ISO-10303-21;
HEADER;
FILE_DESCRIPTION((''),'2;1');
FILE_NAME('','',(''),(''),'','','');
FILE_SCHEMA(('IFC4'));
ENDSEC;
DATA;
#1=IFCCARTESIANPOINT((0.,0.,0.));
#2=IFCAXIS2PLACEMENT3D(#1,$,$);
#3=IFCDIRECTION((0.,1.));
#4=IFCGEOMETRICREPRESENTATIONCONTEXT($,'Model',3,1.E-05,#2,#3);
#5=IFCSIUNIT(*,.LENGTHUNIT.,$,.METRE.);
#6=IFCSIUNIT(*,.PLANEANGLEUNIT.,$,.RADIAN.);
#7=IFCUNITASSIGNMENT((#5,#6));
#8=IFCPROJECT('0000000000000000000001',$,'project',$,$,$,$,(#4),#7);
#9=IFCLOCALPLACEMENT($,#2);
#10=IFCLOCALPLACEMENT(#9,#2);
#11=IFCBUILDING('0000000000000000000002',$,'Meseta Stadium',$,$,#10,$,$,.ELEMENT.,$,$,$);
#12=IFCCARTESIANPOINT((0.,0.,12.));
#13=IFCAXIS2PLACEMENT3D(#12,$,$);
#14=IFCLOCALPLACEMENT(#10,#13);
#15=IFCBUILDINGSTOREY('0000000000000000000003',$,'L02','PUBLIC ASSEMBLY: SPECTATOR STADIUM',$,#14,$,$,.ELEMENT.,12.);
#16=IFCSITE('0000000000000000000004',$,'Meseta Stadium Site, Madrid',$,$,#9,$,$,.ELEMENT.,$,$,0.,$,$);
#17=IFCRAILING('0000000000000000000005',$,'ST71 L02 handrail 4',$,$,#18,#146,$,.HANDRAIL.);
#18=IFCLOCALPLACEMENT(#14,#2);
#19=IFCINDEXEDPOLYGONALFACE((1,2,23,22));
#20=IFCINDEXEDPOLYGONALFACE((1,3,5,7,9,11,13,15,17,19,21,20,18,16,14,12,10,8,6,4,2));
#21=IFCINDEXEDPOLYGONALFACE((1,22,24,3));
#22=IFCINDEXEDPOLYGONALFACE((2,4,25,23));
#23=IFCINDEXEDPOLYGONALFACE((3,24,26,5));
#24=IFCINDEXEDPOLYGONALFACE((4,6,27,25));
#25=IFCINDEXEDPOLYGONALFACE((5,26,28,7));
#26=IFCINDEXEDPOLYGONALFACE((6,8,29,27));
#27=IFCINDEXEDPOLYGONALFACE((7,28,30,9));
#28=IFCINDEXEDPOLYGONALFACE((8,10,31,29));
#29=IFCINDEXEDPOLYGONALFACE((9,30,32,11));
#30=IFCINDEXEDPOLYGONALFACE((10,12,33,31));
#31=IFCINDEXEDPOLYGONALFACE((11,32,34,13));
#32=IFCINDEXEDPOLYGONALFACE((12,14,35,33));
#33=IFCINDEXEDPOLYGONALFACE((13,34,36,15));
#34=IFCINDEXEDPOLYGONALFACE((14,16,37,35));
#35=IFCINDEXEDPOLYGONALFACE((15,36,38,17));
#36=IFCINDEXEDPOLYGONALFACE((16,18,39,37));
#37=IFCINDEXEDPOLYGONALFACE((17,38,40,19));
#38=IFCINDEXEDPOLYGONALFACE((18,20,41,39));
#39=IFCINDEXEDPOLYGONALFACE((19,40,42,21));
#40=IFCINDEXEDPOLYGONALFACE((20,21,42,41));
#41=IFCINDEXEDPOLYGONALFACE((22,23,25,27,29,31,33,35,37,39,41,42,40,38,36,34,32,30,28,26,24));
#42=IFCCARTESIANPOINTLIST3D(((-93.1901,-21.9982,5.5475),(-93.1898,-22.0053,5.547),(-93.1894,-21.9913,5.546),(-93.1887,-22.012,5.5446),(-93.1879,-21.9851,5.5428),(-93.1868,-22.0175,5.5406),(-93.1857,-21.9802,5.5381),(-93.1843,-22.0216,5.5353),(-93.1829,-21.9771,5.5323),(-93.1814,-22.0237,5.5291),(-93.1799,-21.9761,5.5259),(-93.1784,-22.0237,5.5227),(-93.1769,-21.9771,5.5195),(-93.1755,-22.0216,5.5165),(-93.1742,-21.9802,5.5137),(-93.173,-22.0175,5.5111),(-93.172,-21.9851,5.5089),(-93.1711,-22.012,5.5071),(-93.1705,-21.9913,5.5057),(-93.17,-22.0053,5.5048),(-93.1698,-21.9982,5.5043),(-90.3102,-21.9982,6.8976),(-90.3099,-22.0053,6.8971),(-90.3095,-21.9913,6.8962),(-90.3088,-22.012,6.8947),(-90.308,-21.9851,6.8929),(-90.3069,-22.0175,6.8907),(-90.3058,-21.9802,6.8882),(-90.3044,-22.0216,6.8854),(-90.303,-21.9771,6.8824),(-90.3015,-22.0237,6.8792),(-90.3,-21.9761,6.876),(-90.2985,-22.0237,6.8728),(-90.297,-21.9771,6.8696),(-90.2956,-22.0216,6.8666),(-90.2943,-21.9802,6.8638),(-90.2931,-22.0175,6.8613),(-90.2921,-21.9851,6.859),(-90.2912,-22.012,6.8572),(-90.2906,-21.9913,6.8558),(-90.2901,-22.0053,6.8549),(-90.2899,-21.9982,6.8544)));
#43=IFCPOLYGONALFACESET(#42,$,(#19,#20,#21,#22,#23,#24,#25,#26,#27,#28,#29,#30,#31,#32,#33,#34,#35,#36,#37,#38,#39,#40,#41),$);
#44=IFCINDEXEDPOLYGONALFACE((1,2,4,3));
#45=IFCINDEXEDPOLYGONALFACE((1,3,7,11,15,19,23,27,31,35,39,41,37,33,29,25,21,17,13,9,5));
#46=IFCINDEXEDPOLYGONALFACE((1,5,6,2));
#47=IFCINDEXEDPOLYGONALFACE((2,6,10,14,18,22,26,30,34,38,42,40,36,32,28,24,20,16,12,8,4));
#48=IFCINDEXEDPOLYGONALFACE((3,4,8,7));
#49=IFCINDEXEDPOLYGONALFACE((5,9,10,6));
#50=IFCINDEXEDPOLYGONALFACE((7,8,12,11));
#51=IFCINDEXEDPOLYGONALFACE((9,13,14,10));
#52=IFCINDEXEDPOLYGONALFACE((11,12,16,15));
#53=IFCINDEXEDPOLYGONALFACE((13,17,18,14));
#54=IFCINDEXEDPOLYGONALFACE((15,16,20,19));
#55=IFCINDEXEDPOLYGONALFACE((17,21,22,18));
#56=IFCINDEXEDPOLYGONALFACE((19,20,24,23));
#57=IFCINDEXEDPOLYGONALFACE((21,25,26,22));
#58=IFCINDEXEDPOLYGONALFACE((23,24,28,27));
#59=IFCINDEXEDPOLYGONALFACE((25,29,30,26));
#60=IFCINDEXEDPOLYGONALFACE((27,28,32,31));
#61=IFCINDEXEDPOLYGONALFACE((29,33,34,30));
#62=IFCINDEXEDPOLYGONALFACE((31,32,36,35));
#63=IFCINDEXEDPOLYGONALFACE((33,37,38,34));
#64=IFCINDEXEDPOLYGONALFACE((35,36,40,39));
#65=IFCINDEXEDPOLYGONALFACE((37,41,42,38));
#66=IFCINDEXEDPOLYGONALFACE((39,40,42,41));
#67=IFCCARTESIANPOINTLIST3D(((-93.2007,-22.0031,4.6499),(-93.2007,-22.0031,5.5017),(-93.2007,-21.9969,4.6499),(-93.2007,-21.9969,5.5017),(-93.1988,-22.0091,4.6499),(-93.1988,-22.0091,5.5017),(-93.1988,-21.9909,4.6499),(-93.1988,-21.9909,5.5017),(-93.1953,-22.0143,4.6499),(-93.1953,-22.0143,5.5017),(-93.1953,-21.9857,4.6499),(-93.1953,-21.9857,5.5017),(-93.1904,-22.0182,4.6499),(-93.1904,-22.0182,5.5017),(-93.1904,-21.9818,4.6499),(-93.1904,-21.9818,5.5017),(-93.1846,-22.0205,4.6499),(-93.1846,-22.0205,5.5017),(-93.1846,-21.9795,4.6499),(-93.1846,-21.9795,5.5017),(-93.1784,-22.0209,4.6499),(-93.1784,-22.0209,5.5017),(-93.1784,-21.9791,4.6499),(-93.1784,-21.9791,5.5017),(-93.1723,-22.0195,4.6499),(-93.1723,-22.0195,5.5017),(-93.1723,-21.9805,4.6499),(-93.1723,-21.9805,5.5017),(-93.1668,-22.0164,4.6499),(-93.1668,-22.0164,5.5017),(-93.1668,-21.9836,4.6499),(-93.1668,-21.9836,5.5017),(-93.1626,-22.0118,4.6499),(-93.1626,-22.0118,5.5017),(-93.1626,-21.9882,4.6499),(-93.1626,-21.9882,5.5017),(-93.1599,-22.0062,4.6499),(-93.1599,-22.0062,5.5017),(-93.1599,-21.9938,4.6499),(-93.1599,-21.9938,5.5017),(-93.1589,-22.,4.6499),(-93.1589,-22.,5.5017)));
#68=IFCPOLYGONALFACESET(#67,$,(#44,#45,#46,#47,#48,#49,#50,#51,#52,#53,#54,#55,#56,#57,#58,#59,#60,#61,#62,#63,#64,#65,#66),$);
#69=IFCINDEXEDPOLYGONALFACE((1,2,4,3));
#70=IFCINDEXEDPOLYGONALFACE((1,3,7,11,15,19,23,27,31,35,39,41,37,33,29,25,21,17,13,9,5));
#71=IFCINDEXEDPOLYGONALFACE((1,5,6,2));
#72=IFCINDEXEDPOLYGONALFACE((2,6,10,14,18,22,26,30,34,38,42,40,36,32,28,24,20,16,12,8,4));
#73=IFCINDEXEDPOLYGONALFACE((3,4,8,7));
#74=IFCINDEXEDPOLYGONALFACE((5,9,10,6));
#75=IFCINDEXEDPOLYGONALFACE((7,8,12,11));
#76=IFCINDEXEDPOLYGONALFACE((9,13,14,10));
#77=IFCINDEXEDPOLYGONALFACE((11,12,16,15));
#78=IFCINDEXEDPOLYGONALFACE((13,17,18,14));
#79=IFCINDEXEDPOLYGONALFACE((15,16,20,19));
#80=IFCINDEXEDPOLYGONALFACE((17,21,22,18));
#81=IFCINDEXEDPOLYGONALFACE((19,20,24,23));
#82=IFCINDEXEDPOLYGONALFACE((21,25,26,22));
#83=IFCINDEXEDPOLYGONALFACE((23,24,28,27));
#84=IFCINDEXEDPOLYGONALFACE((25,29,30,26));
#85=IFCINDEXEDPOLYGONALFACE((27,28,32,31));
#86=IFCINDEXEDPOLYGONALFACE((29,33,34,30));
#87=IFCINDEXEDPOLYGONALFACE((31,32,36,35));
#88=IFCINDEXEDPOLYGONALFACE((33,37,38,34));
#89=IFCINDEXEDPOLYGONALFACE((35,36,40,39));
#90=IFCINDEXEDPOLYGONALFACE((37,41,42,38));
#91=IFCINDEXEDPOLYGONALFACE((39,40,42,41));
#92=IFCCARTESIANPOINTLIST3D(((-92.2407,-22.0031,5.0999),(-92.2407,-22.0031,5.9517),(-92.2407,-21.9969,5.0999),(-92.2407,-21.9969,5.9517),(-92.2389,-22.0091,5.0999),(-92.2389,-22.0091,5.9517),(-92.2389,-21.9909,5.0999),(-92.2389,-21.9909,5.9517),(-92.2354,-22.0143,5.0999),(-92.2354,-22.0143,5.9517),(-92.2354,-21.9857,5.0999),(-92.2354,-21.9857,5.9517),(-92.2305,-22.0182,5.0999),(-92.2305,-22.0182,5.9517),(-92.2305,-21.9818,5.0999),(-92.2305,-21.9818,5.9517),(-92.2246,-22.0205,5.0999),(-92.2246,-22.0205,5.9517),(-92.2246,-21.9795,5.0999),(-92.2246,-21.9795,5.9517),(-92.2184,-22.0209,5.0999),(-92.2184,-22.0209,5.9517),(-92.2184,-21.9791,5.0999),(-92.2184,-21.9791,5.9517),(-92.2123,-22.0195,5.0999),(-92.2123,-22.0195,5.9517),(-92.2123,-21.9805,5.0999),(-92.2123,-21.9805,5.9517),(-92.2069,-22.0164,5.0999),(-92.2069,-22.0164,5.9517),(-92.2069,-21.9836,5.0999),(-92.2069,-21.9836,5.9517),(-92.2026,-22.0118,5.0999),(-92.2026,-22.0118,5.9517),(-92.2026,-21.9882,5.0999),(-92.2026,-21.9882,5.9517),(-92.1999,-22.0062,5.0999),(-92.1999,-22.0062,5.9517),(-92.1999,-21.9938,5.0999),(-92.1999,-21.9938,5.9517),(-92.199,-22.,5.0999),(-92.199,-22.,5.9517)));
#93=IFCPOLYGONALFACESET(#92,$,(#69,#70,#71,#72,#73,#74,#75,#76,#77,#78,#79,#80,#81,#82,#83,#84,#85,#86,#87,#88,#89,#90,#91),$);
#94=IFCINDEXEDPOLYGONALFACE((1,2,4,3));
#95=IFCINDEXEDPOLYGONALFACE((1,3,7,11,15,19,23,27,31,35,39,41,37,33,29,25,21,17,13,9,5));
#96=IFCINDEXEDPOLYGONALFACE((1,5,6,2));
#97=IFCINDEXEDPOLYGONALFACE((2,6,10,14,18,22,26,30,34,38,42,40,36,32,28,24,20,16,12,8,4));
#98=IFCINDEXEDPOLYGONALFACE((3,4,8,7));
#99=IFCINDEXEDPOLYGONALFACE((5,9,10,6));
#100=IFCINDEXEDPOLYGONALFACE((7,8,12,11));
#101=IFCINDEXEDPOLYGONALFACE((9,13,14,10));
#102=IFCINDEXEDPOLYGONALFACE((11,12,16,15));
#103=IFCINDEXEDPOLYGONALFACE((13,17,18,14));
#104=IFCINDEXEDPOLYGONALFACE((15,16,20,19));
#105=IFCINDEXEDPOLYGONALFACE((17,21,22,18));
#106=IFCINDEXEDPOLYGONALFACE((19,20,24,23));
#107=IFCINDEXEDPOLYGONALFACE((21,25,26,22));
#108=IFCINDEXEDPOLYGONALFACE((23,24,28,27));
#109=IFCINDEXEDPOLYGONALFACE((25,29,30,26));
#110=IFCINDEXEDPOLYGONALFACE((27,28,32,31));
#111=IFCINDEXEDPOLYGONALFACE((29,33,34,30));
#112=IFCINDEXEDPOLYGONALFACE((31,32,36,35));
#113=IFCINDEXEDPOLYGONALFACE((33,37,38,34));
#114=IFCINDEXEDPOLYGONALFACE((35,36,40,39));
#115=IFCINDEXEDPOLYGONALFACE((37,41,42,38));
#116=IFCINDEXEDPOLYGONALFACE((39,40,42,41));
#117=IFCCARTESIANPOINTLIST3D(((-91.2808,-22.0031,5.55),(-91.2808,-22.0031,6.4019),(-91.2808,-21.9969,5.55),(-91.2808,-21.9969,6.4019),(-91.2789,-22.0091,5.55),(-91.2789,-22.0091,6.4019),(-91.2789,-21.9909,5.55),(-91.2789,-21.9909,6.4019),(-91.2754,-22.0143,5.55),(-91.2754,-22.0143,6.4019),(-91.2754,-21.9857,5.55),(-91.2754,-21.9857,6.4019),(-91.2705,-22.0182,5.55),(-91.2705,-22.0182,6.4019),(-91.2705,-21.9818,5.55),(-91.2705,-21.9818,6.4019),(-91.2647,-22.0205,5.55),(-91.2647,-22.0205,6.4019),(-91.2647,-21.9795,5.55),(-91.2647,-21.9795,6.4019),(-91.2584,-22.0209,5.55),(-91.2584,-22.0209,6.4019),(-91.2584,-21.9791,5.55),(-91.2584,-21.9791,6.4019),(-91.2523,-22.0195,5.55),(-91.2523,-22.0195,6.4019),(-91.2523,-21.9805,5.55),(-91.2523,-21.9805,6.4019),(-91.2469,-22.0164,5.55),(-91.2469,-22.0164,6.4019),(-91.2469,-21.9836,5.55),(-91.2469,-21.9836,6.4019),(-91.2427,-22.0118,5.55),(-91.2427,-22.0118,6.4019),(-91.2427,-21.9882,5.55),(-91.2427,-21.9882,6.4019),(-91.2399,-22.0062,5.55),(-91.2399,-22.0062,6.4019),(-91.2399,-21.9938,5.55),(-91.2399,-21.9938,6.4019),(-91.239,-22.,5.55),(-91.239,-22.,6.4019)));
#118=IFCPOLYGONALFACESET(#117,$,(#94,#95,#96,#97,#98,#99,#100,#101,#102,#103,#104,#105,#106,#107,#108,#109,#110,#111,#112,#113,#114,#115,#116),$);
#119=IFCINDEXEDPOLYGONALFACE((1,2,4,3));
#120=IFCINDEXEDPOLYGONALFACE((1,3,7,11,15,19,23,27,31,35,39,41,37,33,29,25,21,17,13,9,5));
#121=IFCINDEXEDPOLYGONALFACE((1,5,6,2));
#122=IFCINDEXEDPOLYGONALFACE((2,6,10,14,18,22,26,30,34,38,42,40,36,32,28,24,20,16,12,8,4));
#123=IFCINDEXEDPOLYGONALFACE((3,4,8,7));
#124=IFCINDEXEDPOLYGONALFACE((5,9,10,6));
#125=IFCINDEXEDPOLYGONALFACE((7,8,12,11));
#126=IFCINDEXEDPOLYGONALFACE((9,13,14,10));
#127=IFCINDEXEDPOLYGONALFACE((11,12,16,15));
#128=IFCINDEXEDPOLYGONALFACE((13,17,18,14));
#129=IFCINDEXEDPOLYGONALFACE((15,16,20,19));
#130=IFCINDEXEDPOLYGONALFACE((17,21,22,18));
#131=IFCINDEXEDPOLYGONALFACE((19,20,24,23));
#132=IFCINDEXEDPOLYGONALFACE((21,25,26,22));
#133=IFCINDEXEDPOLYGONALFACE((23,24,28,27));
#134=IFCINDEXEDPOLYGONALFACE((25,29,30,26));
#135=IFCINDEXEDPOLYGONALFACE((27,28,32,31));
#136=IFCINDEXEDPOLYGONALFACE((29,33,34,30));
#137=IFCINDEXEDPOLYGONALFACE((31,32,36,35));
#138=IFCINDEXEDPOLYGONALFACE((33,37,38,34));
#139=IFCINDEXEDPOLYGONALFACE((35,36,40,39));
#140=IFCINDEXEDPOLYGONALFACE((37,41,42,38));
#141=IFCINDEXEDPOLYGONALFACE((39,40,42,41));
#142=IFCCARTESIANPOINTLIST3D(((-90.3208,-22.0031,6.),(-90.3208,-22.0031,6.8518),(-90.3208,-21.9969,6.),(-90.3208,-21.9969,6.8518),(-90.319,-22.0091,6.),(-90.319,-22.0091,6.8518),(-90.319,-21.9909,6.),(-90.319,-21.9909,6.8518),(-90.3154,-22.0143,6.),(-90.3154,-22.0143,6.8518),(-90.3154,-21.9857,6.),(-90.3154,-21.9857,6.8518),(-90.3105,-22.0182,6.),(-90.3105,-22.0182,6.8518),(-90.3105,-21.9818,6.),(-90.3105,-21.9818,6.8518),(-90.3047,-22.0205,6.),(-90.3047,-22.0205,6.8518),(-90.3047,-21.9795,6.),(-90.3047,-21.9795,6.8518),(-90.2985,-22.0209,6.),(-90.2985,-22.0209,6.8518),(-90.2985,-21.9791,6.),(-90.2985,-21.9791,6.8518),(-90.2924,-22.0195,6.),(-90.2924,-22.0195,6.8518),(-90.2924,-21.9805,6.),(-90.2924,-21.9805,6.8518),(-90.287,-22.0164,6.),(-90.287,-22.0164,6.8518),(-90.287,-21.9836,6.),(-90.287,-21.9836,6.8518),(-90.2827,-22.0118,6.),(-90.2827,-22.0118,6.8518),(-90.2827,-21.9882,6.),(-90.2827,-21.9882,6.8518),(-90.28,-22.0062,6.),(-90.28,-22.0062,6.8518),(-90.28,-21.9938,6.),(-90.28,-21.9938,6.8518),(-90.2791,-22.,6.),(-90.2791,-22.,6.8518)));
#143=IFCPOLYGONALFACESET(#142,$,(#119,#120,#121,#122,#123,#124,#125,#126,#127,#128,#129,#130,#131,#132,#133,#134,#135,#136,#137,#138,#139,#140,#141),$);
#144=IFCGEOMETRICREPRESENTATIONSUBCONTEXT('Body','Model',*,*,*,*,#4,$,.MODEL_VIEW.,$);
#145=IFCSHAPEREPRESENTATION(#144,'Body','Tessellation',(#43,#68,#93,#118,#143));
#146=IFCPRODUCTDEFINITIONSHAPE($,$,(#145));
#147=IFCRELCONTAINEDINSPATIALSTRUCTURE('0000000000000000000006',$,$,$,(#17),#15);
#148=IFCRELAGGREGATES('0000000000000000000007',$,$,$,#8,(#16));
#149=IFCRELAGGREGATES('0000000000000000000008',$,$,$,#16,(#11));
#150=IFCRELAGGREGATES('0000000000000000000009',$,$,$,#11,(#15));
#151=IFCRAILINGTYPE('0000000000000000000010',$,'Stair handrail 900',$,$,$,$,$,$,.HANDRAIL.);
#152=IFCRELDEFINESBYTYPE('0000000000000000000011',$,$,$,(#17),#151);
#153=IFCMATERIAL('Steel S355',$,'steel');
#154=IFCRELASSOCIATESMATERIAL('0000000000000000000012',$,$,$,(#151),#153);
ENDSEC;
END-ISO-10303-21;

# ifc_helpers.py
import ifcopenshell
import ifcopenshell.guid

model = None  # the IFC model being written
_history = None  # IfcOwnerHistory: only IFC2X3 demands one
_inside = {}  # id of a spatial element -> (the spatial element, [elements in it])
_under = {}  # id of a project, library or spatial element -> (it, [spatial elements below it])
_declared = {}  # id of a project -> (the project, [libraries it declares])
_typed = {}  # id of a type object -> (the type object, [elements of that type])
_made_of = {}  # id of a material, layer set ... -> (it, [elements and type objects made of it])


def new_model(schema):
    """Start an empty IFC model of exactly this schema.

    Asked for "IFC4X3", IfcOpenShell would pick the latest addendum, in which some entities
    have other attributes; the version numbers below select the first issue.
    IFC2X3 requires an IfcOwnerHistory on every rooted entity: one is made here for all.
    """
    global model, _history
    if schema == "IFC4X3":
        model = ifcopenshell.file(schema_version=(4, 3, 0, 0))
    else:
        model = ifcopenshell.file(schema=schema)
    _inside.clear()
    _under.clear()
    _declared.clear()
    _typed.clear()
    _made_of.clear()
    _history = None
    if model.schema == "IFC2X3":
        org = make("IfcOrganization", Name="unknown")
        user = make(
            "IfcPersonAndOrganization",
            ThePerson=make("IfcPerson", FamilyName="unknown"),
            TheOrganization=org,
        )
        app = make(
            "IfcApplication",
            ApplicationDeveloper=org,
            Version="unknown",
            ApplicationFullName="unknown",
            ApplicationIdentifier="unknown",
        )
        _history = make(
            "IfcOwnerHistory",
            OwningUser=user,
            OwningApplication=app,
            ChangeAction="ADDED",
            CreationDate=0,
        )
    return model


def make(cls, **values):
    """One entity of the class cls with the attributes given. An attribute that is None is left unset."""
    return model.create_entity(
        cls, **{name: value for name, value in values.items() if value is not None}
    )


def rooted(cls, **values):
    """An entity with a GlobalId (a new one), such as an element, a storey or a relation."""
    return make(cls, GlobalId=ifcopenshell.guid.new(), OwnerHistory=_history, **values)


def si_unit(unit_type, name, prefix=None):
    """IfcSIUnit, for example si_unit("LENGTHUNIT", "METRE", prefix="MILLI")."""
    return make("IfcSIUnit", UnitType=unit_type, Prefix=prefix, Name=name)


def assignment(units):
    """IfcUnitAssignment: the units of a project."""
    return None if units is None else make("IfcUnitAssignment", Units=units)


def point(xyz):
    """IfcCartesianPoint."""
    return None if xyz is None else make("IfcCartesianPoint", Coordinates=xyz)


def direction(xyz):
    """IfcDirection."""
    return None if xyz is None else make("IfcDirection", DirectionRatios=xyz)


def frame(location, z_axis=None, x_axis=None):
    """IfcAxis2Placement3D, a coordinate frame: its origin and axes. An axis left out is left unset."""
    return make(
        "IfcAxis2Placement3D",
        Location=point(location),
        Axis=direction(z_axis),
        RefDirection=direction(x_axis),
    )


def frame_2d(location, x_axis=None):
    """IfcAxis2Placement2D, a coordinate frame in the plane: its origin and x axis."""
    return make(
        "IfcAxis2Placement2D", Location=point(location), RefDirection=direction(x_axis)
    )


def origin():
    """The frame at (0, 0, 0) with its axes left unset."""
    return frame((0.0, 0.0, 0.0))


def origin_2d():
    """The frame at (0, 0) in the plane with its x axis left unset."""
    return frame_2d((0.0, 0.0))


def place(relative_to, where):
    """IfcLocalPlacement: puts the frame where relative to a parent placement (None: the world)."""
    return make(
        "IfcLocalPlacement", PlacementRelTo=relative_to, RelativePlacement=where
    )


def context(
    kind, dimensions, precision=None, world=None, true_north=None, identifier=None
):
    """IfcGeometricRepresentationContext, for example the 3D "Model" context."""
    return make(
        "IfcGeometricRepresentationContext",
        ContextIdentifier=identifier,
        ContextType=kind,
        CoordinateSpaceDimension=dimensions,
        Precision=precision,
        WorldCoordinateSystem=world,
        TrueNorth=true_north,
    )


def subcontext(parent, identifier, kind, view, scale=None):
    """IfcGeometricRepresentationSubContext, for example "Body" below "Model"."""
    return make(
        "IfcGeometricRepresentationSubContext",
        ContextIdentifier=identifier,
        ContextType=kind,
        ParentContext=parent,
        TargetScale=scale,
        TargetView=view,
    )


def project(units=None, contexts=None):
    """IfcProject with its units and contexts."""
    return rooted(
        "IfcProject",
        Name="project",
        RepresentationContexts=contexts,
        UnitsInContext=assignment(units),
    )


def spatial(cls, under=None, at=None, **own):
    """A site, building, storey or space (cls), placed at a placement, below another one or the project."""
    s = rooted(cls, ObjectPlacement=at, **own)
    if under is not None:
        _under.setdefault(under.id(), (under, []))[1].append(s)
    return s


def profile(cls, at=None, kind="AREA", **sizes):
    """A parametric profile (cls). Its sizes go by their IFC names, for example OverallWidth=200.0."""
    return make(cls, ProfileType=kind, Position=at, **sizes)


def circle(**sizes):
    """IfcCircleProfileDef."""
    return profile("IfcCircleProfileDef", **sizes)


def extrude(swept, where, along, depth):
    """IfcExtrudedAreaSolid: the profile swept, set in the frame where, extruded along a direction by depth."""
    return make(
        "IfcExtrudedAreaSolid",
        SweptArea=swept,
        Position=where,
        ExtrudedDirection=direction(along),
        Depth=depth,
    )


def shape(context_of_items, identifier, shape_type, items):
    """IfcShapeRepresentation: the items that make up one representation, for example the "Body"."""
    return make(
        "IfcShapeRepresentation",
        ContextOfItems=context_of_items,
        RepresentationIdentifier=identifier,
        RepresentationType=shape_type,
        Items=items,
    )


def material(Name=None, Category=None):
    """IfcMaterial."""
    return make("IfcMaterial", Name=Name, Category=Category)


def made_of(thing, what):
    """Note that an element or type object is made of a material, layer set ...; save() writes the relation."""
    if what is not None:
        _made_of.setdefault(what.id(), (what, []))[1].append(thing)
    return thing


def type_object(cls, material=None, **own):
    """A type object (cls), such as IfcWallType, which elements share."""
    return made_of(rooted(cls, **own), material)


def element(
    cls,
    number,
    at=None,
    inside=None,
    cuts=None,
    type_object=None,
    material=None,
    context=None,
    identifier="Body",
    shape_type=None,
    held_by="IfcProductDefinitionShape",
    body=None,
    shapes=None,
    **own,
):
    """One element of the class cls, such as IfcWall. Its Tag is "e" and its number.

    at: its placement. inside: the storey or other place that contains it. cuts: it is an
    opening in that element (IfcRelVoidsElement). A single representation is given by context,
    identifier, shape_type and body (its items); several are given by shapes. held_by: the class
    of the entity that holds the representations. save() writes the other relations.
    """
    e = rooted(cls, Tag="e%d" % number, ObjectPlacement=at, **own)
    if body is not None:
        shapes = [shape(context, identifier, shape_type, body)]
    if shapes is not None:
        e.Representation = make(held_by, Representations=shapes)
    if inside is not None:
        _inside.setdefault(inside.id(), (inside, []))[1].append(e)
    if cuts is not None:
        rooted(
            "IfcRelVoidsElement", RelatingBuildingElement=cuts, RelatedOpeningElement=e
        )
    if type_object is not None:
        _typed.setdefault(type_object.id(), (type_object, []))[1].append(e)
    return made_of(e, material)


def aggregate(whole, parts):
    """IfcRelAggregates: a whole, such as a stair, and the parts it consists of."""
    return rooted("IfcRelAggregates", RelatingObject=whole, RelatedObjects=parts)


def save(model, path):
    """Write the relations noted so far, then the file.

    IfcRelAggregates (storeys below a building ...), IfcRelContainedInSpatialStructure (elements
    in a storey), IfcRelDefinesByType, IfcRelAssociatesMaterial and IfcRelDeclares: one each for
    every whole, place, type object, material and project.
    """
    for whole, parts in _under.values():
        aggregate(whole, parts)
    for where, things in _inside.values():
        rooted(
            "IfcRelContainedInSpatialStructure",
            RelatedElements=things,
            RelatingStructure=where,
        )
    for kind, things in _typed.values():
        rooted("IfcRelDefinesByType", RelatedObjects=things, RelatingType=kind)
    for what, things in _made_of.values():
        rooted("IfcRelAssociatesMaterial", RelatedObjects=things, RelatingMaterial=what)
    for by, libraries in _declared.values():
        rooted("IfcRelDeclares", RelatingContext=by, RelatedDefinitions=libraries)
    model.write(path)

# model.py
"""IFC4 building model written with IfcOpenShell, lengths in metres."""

from ifc_helpers import new_model, si_unit, direction, frame, origin, origin_2d, place, context, subcontext, project, spatial, circle, extrude, material, type_object, element, save


model = new_model("IFC4")

# Units and contexts
model_context = context("Model", 3, precision=1e-05, world=origin(), true_north=direction((0.0, 1.0)))
body_context = subcontext(model_context, "Body", "Model", "MODEL_VIEW")
ifc_project = project(units=[si_unit("LENGTHUNIT", "METRE"), si_unit("PLANEANGLEUNIT", "RADIAN")], contexts=[model_context])

# Site, building, storey
site_placement = place(None, origin())
site = spatial("IfcSite", under=ifc_project, at=site_placement, Name="Meseta Stadium Site, Madrid", CompositionType="ELEMENT", RefElevation=0.0)
building_placement = place(site_placement, origin())
building = spatial("IfcBuilding", under=site, at=building_placement, Name="Meseta Stadium", CompositionType="ELEMENT")
storey_placement = place(building_placement, frame((0.0, 0.0, 12.0)))
storey = spatial("IfcBuildingStorey", under=building, at=storey_placement, Name="L02", Description="PUBLIC ASSEMBLY: SPECTATOR STADIUM", CompositionType="ELEMENT", Elevation=12.0)

# Railing
ifc_material_1 = material(Name="Steel S355", Category="steel")
railing_type_1 = type_object("IfcRailingType", Name="Stair handrail 900", PredefinedType="HANDRAIL", material=ifc_material_1)
for number, where, name in (
    (1, (-93.1799, -22.0, 4.6499), "ST71 L02 handrail 4"),
):
    element("IfcRailing", number, at=place(storey_placement, frame(where)), inside=storey, type_object=railing_type_1, Name=name, PredefinedType="HANDRAIL", context=body_context, shape_type="SweptSolid", body=[
        extrude(circle(Radius=0.0239, at=origin_2d()), frame((0.0, 0.0, 0.876), z_axis=(0.90544, 0.0, 0.424473), x_axis=(0.0, 1.0, 0.0)), (0.0, 0.0, 1.0), 3.1807),
        extrude(circle(Radius=0.021, at=origin_2d()), origin(), (0.0, 0.0, 1.0), 0.8518),
        extrude(circle(Radius=0.021, at=origin_2d()), frame((0.96, 0.0, 0.45)), (0.0, 0.0, 1.0), 0.8518),
        extrude(circle(Radius=0.021, at=origin_2d()), frame((1.9199, 0.0, 0.9001)), (0.0, 0.0, 1.0), 0.8518),
        extrude(circle(Radius=0.021, at=origin_2d()), frame((2.8799, 0.0, 1.3501)), (0.0, 0.0, 1.0), 0.8518),
    ])

save(model, "model.ifc")
